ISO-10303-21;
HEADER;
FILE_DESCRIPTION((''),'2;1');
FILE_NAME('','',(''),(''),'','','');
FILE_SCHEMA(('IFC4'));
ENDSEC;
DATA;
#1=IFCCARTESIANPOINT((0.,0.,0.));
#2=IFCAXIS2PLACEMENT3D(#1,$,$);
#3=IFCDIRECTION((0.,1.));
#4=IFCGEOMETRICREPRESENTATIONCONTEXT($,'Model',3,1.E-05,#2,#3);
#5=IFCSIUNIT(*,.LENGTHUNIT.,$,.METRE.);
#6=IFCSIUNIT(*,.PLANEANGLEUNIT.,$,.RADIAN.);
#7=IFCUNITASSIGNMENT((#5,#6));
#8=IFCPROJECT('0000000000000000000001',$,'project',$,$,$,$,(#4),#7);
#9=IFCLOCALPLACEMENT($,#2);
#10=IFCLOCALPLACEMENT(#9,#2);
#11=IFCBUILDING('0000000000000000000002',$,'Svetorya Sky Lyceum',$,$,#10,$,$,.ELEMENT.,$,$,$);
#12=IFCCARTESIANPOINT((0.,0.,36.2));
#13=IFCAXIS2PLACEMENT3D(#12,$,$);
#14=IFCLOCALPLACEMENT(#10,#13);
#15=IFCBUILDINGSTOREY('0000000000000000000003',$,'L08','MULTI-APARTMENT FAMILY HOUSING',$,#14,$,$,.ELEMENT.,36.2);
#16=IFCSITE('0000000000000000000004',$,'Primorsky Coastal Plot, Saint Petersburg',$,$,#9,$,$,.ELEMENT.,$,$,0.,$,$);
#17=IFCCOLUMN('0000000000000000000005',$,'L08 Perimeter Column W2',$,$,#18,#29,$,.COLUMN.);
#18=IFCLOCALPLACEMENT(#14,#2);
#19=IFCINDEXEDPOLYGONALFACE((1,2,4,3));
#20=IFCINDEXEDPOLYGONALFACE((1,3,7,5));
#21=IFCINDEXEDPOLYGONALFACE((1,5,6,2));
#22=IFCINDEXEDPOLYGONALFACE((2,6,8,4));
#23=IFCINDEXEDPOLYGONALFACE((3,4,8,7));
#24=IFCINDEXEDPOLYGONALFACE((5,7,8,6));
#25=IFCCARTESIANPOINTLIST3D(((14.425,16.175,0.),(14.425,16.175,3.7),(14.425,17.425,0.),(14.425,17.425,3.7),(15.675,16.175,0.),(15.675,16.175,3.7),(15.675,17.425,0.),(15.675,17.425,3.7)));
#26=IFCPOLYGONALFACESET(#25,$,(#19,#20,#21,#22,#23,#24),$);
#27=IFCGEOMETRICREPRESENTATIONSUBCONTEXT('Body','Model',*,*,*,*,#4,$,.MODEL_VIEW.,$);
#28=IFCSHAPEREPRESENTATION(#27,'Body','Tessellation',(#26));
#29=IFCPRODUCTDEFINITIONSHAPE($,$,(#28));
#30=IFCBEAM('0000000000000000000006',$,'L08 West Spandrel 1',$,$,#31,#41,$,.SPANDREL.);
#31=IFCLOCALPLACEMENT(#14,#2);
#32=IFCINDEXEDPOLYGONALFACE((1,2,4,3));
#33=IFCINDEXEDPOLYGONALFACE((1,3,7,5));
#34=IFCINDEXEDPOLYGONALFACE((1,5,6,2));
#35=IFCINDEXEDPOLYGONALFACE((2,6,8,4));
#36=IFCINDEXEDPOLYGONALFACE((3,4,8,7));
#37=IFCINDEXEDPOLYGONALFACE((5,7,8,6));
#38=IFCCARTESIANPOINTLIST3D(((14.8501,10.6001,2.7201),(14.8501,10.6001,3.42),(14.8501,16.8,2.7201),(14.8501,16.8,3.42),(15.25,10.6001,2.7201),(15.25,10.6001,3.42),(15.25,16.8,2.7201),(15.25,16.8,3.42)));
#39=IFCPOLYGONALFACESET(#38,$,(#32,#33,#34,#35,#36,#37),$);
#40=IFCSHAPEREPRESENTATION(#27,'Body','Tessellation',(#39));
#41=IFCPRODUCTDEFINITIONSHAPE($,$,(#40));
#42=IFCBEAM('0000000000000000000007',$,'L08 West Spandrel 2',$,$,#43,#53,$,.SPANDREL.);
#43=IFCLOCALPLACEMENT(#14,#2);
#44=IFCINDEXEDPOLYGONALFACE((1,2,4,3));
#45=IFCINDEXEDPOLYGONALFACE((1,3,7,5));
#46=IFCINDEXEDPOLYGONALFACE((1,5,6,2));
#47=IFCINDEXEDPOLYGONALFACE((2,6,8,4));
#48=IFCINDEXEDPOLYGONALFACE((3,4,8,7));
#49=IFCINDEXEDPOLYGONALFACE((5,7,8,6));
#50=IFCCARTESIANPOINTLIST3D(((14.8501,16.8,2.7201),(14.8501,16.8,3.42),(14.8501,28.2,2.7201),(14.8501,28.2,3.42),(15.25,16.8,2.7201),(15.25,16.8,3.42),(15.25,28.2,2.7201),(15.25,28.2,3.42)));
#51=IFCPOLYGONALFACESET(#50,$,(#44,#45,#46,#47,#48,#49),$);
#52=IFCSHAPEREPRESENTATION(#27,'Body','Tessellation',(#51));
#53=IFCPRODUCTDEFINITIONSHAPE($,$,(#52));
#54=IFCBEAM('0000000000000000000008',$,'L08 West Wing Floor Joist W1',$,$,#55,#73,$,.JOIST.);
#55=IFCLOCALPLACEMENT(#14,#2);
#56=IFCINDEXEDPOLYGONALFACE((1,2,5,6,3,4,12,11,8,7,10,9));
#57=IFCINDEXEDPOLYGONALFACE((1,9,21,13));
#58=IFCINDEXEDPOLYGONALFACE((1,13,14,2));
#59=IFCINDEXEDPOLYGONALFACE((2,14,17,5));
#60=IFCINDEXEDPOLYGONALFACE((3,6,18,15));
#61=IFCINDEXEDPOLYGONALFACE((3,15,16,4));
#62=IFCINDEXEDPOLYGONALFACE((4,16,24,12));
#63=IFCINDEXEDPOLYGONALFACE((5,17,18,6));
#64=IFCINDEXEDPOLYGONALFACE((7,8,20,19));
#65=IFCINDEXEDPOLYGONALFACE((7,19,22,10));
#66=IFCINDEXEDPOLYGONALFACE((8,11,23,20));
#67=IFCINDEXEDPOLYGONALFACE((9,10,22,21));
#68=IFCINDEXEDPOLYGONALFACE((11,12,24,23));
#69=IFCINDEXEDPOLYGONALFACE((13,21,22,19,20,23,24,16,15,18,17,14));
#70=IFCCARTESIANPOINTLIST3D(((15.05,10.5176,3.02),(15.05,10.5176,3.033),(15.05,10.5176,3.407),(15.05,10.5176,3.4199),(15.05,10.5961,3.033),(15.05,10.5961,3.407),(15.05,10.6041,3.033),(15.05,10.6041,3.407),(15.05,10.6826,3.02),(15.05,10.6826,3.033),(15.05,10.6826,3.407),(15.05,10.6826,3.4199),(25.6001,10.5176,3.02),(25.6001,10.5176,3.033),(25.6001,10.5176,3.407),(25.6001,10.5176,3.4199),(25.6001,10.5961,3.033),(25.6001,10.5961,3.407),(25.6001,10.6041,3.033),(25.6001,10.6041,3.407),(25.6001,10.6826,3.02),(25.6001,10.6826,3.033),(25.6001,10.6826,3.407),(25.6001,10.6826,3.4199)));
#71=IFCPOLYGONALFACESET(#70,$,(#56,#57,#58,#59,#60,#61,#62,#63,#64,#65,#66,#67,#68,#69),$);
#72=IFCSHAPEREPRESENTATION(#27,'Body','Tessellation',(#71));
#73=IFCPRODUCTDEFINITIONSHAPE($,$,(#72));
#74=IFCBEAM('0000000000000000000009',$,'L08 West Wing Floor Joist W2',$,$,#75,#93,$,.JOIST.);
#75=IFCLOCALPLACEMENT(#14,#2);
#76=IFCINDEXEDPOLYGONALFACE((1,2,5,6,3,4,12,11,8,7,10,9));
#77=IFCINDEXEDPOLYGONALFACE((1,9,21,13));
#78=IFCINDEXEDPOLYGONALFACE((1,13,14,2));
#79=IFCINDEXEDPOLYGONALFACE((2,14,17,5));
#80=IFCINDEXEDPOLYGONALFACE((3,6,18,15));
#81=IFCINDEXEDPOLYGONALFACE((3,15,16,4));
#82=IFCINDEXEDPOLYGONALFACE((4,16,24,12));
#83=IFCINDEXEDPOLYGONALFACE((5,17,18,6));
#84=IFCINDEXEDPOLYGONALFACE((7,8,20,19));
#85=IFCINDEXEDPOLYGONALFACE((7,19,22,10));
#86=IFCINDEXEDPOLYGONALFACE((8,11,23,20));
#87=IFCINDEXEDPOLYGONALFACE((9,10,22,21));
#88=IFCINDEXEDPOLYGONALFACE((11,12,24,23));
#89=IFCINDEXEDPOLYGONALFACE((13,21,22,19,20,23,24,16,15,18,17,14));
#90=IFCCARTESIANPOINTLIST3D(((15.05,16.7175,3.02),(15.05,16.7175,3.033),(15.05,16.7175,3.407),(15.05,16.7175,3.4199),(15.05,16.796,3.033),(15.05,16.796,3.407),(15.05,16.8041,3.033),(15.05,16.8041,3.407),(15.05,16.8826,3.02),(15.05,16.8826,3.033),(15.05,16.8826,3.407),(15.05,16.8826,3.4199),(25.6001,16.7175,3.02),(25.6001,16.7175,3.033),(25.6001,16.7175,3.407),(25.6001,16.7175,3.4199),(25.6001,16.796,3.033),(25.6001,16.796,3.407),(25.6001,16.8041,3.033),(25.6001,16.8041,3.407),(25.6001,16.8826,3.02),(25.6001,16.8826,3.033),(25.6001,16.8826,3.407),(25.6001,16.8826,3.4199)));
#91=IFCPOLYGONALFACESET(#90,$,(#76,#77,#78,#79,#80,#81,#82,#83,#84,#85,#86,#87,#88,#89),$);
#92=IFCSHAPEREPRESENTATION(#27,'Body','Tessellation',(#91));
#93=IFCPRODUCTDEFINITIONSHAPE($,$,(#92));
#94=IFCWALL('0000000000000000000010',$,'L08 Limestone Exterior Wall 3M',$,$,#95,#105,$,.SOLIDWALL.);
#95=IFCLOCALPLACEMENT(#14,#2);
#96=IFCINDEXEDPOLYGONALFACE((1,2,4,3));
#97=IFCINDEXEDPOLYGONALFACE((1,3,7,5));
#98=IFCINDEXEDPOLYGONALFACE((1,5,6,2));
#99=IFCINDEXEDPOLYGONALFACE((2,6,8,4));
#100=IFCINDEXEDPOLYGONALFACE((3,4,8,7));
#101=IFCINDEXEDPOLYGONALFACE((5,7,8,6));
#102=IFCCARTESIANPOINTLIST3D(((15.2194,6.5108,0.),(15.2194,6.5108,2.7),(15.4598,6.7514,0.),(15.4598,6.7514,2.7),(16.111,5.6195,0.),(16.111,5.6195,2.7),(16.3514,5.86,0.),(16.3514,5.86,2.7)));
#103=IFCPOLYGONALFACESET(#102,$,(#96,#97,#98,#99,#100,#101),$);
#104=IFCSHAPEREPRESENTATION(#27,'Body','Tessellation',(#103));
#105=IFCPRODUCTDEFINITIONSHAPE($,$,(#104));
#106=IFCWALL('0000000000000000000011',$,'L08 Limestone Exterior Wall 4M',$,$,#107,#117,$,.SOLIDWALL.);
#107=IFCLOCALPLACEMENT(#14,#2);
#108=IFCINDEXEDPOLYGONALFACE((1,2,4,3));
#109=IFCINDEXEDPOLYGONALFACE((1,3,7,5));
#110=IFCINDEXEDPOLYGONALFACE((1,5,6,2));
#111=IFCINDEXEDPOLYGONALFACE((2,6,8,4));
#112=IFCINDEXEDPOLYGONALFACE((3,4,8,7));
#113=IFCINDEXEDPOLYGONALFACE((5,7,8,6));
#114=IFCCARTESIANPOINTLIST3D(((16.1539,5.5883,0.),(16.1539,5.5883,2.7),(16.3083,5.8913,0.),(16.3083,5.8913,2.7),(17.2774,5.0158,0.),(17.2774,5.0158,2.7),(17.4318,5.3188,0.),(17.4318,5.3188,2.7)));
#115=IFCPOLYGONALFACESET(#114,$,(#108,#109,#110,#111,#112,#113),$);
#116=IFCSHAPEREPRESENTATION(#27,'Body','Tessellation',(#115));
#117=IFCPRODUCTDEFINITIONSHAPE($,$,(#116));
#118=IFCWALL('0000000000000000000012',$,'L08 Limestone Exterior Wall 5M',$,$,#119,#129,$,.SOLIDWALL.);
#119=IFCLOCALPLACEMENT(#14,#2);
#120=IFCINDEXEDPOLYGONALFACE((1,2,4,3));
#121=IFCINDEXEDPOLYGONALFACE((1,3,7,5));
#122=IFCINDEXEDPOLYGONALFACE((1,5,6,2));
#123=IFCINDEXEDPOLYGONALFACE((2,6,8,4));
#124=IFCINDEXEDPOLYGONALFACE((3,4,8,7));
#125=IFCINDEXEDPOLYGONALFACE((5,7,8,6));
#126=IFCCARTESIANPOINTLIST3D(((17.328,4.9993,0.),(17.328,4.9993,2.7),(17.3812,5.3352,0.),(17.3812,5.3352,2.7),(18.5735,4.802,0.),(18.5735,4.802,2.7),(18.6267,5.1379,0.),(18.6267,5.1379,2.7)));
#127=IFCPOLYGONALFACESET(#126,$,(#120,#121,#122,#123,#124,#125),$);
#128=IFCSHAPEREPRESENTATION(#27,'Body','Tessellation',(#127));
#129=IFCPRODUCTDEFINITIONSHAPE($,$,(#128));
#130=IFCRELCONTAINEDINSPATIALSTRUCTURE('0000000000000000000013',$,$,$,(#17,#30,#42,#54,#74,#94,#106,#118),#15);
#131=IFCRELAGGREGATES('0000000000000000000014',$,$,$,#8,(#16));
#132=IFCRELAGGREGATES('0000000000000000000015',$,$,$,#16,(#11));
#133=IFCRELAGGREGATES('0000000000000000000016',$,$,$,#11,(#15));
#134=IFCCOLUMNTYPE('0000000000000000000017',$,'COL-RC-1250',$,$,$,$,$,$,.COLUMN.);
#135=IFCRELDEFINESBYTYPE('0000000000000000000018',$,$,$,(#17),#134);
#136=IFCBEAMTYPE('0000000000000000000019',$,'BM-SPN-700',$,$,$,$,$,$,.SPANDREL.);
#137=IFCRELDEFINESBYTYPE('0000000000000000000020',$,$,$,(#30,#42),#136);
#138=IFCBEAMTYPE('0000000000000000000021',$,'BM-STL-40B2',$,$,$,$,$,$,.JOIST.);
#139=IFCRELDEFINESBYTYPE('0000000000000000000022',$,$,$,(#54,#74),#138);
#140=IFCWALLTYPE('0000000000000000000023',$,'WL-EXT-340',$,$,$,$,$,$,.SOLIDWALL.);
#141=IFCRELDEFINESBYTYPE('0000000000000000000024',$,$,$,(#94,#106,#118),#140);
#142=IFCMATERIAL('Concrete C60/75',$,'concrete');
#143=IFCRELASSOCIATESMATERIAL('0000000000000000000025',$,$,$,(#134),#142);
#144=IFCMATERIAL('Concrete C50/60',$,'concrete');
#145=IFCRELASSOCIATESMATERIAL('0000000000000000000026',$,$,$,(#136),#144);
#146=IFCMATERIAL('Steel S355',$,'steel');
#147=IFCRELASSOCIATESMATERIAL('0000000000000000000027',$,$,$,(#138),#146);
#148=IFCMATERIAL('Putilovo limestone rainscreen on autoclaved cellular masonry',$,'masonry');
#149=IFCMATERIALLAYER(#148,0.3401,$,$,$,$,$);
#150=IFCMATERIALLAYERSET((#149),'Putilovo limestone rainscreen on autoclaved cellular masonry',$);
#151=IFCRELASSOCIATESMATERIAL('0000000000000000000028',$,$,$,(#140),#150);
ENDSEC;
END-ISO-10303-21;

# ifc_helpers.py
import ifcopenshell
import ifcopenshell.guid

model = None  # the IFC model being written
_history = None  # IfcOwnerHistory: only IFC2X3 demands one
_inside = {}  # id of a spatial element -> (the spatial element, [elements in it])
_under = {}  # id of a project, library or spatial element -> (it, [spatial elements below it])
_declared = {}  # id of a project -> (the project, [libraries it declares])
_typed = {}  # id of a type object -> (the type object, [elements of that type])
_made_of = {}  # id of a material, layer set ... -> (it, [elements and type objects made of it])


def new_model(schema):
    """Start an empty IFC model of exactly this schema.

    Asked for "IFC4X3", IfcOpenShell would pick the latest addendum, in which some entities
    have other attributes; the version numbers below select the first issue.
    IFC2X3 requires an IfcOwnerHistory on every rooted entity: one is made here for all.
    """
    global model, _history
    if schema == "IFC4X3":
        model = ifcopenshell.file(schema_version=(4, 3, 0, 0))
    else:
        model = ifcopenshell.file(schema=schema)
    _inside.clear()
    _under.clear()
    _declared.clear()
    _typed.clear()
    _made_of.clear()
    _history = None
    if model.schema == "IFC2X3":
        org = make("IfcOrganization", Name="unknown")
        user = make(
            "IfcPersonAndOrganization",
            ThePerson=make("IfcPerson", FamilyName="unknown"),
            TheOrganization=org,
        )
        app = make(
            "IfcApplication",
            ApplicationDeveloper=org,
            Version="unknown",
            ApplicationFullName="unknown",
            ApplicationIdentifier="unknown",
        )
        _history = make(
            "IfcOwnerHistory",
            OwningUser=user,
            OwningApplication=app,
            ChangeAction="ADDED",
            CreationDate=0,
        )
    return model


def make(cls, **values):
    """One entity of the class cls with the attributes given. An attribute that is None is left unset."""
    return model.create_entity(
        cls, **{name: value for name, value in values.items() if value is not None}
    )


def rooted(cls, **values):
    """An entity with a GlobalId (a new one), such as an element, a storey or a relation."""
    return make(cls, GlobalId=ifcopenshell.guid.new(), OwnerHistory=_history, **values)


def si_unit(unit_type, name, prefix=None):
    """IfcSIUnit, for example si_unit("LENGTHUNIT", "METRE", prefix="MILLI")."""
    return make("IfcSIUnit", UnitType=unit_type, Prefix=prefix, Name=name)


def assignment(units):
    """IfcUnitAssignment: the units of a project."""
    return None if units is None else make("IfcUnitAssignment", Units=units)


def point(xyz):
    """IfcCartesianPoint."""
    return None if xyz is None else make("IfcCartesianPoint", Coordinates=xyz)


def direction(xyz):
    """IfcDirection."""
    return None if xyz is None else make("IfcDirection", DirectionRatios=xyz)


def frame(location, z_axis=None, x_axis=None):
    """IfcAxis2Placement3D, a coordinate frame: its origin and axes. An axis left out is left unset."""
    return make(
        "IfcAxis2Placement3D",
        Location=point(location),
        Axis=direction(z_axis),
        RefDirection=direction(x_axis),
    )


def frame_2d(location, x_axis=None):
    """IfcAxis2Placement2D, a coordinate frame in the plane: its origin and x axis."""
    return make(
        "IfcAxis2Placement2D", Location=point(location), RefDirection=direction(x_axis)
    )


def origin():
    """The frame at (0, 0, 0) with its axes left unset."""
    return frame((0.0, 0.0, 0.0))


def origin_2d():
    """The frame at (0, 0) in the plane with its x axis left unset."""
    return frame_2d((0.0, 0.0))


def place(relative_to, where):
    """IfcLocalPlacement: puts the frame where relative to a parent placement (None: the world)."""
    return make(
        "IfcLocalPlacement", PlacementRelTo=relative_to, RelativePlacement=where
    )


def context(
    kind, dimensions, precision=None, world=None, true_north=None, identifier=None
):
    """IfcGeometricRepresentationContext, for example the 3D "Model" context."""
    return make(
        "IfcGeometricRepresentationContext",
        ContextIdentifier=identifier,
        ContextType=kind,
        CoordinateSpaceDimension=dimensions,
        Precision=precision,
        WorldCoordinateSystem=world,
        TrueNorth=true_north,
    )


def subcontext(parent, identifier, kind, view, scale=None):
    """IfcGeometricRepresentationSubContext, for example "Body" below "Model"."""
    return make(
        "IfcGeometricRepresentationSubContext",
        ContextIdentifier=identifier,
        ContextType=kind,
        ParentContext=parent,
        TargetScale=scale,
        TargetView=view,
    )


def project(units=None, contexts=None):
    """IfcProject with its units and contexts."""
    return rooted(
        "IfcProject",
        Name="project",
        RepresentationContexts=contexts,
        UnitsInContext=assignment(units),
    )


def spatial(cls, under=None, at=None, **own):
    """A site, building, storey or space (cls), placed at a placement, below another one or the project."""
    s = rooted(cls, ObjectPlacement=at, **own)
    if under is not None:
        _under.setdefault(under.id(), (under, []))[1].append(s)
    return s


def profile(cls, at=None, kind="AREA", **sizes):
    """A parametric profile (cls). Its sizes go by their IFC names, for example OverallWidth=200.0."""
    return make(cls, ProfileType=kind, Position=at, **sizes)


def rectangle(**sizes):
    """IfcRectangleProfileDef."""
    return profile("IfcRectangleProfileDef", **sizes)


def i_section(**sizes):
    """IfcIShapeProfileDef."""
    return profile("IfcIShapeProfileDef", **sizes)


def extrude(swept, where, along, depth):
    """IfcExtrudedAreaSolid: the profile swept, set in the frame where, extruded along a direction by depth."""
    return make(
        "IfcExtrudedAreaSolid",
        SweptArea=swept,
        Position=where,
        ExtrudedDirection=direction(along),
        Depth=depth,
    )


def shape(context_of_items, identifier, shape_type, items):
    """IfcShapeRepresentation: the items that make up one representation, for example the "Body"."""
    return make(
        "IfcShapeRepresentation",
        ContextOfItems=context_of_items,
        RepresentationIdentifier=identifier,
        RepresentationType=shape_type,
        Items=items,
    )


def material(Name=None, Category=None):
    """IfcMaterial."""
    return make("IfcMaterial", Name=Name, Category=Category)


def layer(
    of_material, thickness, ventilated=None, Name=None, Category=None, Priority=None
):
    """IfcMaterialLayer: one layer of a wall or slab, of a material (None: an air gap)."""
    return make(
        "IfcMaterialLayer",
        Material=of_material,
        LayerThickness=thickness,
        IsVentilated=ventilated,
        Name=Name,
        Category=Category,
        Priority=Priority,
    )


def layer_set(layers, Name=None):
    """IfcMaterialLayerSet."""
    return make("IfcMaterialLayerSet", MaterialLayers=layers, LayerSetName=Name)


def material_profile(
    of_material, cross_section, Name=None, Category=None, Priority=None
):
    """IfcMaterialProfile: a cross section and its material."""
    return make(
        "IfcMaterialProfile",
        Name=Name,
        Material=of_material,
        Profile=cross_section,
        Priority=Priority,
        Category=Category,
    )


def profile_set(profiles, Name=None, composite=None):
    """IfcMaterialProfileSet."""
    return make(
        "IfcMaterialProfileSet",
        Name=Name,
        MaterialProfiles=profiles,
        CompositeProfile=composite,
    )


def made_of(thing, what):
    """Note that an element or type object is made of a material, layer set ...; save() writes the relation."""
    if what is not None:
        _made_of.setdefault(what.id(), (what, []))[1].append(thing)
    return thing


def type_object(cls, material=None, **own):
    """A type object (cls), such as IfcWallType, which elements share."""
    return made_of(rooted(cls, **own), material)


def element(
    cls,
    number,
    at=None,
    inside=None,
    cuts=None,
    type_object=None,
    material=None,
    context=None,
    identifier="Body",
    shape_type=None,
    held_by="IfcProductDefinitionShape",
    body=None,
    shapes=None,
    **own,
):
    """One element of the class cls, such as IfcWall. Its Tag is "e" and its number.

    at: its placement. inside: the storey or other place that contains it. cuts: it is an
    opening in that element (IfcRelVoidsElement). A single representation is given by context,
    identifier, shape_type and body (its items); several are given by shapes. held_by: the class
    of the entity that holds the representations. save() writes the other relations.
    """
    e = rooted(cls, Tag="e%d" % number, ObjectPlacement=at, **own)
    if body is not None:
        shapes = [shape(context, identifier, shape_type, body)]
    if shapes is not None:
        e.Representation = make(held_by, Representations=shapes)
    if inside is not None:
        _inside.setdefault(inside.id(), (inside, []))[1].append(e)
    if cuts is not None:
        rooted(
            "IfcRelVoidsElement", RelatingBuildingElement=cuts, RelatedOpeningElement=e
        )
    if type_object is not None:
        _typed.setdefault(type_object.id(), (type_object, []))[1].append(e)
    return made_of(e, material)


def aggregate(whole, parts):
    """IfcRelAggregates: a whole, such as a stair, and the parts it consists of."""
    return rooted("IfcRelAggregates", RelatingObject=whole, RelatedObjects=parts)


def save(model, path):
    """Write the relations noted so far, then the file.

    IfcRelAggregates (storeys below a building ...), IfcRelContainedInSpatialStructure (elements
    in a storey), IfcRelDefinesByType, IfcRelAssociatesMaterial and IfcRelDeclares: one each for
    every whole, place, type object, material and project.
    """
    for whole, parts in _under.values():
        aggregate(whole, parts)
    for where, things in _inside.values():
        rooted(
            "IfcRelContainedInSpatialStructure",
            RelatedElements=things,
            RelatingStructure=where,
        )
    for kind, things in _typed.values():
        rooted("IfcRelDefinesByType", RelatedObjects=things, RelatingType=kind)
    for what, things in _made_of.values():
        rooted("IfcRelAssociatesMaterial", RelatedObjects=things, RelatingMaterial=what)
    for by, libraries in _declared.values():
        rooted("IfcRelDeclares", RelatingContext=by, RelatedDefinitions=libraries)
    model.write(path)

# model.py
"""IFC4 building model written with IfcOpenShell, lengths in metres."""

from ifc_helpers import new_model, si_unit, direction, frame, frame_2d, origin, origin_2d, place, context, subcontext, project, spatial, rectangle, i_section, extrude, material, layer, layer_set, material_profile, profile_set, type_object, element, save


model = new_model("IFC4")

# Units and contexts
model_context = context("Model", 3, precision=1e-05, world=origin(), true_north=direction((0.0, 1.0)))
body_context = subcontext(model_context, "Body", "Model", "MODEL_VIEW")
ifc_project = project(units=[si_unit("LENGTHUNIT", "METRE"), si_unit("PLANEANGLEUNIT", "RADIAN")], contexts=[model_context])

# Site, building, storey
site_placement = place(None, origin())
site = spatial("IfcSite", under=ifc_project, at=site_placement, Name="Primorsky Coastal Plot, Saint Petersburg", CompositionType="ELEMENT", RefElevation=0.0)
building_placement = place(site_placement, origin())
building = spatial("IfcBuilding", under=site, at=building_placement, Name="Svetorya Sky Lyceum", CompositionType="ELEMENT")
storey_placement = place(building_placement, frame((0.0, 0.0, 36.2)))
storey = spatial("IfcBuildingStorey", under=building, at=storey_placement, Name="L08", Description="MULTI-APARTMENT FAMILY HOUSING", CompositionType="ELEMENT", Elevation=36.2)

# Column
ifc_material_1 = material(Name="Concrete C60/75", Category="concrete")
ifc_material_profile_1 = material_profile(ifc_material_1, rectangle(XDim=1.25, YDim=1.25, at=origin_2d()), Name="RC COL 1250x1250")
ifc_profile_set_1 = profile_set([ifc_material_profile_1], Name="Concrete C60/75")
column_type = type_object("IfcColumnType", Name="COL-RC-1250", PredefinedType="COLUMN", material=ifc_profile_set_1)
column_placement = place(storey_placement, frame((15.05, 16.8, 0.0), z_axis=(0.0, 0.0, 1.0), x_axis=(1.0, 0.0, 0.0)))
element("IfcColumn", 1, at=column_placement, inside=storey, type_object=column_type, Name="L08 Perimeter Column W2", PredefinedType="COLUMN", context=body_context, shape_type="SweptSolid", body=[
    extrude(rectangle(XDim=1.25, YDim=1.25, at=origin_2d()), origin(), (0.0, 0.0, 1.0), 3.7),
])

# Beams
ifc_material_2 = material(Name="Concrete C50/60", Category="concrete")
ifc_material_profile_2 = material_profile(ifc_material_2, rectangle(XDim=0.3999, YDim=0.7, at=origin_2d()), Name="RC SPANDREL 400x700")
ifc_profile_set_2 = profile_set([ifc_material_profile_2], Name="Concrete C50/60")
beam_type_1 = type_object("IfcBeamType", Name="BM-SPN-700", PredefinedType="SPANDREL", material=ifc_profile_set_2)
beam_1_placement = place(storey_placement, frame((15.05, 10.6001, 3.0701), z_axis=(0.0, 1.0, 0.0), x_axis=(-1.0, 0.0, 0.0)))
element("IfcBeam", 2, at=beam_1_placement, inside=storey, type_object=beam_type_1, Name="L08 West Spandrel 1", PredefinedType="SPANDREL", context=body_context, shape_type="SweptSolid", body=[
    extrude(rectangle(XDim=0.3999, YDim=0.7, at=origin_2d()), origin(), (0.0, 0.0, 1.0), 6.2),
])
beam_2_placement = place(storey_placement, frame((15.05, 16.8, 3.0701), z_axis=(0.0, 1.0, 0.0), x_axis=(-1.0, 0.0, 0.0)))
element("IfcBeam", 3, at=beam_2_placement, inside=storey, type_object=beam_type_1, Name="L08 West Spandrel 2", PredefinedType="SPANDREL", context=body_context, shape_type="SweptSolid", body=[
    extrude(rectangle(XDim=0.3999, YDim=0.7, at=origin_2d()), origin(), (0.0, 0.0, 1.0), 11.3999),
])
ifc_material_3 = material(Name="Steel S355", Category="steel")
ifc_material_profile_3 = material_profile(ifc_material_3, i_section(OverallWidth=0.165, OverallDepth=0.3999, WebThickness=0.0081, FlangeThickness=0.0129, at=origin_2d()), Name="GOST 40B2")
ifc_profile_set_3 = profile_set([ifc_material_profile_3], Name="Steel S355")
beam_type_2 = type_object("IfcBeamType", Name="BM-STL-40B2", PredefinedType="JOIST", material=ifc_profile_set_3)
for number, where, z_axis, x_axis, name in (
    (4, (15.05, 10.6001, 3.22), (1.0, 0.0, 0.0), (0.0, 1.0, 0.0), "L08 West Wing Floor Joist W1"),
    (5, (15.05, 16.8, 3.22), (1.0, 0.0, 0.0), (0.0, 1.0, 0.0), "L08 West Wing Floor Joist W2"),
):
    element("IfcBeam", number, at=place(storey_placement, frame(where, z_axis=z_axis, x_axis=x_axis)), inside=storey, type_object=beam_type_2, Name=name, PredefinedType="JOIST", context=body_context, shape_type="SweptSolid", body=[
        extrude(i_section(OverallWidth=0.165, OverallDepth=0.3999, WebThickness=0.0081, FlangeThickness=0.0129, at=origin_2d()), origin(), (0.0, 0.0, 1.0), 10.55),
    ])

# Walls
ifc_material_4 = material(Name="Putilovo limestone rainscreen on autoclaved cellular masonry", Category="masonry")
ifc_layer_1 = layer(ifc_material_4, 0.3401)
ifc_layer_set_1 = layer_set([ifc_layer_1], Name="Putilovo limestone rainscreen on autoclaved cellular masonry")
wall_type_1 = type_object("IfcWallType", Name="WL-EXT-340", PredefinedType="SOLIDWALL", material=ifc_layer_set_1)
wall_1_placement = place(storey_placement, frame((15.3396, 6.6311, 0.0), z_axis=(0.0, 0.0, 1.0), x_axis=(0.707204, -0.70701, 0.0)))
element("IfcWall", 6, at=wall_1_placement, inside=storey, type_object=wall_type_1, Name="L08 Limestone Exterior Wall 3M", PredefinedType="SOLIDWALL", context=body_context, shape_type="SweptSolid", body=[
    extrude(rectangle(XDim=1.2607, YDim=0.3401, at=frame_2d((0.6304, 0.0))), origin(), (0.0, 0.0, 1.0), 2.7),
])
for number, where, z_axis, x_axis, name in (
    (7, (16.2312, 5.7397, 0.0), (0.0, 0.0, 1.0), (0.890994, -0.454016, 0.0), "L08 Limestone Exterior Wall 4M"),
    (8, (17.3547, 5.1672, 0.0), (0.0, 0.0, 1.0), (0.987686, -0.15645, 0.0), "L08 Limestone Exterior Wall 5M"),
):
    element("IfcWall", number, at=place(storey_placement, frame(where, z_axis=z_axis, x_axis=x_axis)), inside=storey, type_object=wall_type_1, Name=name, PredefinedType="SOLIDWALL", context=body_context, shape_type="SweptSolid", body=[
        extrude(rectangle(XDim=1.261, YDim=0.3401, at=frame_2d((0.6304, 0.0))), origin(), (0.0, 0.0, 1.0), 2.7),
    ])

save(model, "model.ifc")
